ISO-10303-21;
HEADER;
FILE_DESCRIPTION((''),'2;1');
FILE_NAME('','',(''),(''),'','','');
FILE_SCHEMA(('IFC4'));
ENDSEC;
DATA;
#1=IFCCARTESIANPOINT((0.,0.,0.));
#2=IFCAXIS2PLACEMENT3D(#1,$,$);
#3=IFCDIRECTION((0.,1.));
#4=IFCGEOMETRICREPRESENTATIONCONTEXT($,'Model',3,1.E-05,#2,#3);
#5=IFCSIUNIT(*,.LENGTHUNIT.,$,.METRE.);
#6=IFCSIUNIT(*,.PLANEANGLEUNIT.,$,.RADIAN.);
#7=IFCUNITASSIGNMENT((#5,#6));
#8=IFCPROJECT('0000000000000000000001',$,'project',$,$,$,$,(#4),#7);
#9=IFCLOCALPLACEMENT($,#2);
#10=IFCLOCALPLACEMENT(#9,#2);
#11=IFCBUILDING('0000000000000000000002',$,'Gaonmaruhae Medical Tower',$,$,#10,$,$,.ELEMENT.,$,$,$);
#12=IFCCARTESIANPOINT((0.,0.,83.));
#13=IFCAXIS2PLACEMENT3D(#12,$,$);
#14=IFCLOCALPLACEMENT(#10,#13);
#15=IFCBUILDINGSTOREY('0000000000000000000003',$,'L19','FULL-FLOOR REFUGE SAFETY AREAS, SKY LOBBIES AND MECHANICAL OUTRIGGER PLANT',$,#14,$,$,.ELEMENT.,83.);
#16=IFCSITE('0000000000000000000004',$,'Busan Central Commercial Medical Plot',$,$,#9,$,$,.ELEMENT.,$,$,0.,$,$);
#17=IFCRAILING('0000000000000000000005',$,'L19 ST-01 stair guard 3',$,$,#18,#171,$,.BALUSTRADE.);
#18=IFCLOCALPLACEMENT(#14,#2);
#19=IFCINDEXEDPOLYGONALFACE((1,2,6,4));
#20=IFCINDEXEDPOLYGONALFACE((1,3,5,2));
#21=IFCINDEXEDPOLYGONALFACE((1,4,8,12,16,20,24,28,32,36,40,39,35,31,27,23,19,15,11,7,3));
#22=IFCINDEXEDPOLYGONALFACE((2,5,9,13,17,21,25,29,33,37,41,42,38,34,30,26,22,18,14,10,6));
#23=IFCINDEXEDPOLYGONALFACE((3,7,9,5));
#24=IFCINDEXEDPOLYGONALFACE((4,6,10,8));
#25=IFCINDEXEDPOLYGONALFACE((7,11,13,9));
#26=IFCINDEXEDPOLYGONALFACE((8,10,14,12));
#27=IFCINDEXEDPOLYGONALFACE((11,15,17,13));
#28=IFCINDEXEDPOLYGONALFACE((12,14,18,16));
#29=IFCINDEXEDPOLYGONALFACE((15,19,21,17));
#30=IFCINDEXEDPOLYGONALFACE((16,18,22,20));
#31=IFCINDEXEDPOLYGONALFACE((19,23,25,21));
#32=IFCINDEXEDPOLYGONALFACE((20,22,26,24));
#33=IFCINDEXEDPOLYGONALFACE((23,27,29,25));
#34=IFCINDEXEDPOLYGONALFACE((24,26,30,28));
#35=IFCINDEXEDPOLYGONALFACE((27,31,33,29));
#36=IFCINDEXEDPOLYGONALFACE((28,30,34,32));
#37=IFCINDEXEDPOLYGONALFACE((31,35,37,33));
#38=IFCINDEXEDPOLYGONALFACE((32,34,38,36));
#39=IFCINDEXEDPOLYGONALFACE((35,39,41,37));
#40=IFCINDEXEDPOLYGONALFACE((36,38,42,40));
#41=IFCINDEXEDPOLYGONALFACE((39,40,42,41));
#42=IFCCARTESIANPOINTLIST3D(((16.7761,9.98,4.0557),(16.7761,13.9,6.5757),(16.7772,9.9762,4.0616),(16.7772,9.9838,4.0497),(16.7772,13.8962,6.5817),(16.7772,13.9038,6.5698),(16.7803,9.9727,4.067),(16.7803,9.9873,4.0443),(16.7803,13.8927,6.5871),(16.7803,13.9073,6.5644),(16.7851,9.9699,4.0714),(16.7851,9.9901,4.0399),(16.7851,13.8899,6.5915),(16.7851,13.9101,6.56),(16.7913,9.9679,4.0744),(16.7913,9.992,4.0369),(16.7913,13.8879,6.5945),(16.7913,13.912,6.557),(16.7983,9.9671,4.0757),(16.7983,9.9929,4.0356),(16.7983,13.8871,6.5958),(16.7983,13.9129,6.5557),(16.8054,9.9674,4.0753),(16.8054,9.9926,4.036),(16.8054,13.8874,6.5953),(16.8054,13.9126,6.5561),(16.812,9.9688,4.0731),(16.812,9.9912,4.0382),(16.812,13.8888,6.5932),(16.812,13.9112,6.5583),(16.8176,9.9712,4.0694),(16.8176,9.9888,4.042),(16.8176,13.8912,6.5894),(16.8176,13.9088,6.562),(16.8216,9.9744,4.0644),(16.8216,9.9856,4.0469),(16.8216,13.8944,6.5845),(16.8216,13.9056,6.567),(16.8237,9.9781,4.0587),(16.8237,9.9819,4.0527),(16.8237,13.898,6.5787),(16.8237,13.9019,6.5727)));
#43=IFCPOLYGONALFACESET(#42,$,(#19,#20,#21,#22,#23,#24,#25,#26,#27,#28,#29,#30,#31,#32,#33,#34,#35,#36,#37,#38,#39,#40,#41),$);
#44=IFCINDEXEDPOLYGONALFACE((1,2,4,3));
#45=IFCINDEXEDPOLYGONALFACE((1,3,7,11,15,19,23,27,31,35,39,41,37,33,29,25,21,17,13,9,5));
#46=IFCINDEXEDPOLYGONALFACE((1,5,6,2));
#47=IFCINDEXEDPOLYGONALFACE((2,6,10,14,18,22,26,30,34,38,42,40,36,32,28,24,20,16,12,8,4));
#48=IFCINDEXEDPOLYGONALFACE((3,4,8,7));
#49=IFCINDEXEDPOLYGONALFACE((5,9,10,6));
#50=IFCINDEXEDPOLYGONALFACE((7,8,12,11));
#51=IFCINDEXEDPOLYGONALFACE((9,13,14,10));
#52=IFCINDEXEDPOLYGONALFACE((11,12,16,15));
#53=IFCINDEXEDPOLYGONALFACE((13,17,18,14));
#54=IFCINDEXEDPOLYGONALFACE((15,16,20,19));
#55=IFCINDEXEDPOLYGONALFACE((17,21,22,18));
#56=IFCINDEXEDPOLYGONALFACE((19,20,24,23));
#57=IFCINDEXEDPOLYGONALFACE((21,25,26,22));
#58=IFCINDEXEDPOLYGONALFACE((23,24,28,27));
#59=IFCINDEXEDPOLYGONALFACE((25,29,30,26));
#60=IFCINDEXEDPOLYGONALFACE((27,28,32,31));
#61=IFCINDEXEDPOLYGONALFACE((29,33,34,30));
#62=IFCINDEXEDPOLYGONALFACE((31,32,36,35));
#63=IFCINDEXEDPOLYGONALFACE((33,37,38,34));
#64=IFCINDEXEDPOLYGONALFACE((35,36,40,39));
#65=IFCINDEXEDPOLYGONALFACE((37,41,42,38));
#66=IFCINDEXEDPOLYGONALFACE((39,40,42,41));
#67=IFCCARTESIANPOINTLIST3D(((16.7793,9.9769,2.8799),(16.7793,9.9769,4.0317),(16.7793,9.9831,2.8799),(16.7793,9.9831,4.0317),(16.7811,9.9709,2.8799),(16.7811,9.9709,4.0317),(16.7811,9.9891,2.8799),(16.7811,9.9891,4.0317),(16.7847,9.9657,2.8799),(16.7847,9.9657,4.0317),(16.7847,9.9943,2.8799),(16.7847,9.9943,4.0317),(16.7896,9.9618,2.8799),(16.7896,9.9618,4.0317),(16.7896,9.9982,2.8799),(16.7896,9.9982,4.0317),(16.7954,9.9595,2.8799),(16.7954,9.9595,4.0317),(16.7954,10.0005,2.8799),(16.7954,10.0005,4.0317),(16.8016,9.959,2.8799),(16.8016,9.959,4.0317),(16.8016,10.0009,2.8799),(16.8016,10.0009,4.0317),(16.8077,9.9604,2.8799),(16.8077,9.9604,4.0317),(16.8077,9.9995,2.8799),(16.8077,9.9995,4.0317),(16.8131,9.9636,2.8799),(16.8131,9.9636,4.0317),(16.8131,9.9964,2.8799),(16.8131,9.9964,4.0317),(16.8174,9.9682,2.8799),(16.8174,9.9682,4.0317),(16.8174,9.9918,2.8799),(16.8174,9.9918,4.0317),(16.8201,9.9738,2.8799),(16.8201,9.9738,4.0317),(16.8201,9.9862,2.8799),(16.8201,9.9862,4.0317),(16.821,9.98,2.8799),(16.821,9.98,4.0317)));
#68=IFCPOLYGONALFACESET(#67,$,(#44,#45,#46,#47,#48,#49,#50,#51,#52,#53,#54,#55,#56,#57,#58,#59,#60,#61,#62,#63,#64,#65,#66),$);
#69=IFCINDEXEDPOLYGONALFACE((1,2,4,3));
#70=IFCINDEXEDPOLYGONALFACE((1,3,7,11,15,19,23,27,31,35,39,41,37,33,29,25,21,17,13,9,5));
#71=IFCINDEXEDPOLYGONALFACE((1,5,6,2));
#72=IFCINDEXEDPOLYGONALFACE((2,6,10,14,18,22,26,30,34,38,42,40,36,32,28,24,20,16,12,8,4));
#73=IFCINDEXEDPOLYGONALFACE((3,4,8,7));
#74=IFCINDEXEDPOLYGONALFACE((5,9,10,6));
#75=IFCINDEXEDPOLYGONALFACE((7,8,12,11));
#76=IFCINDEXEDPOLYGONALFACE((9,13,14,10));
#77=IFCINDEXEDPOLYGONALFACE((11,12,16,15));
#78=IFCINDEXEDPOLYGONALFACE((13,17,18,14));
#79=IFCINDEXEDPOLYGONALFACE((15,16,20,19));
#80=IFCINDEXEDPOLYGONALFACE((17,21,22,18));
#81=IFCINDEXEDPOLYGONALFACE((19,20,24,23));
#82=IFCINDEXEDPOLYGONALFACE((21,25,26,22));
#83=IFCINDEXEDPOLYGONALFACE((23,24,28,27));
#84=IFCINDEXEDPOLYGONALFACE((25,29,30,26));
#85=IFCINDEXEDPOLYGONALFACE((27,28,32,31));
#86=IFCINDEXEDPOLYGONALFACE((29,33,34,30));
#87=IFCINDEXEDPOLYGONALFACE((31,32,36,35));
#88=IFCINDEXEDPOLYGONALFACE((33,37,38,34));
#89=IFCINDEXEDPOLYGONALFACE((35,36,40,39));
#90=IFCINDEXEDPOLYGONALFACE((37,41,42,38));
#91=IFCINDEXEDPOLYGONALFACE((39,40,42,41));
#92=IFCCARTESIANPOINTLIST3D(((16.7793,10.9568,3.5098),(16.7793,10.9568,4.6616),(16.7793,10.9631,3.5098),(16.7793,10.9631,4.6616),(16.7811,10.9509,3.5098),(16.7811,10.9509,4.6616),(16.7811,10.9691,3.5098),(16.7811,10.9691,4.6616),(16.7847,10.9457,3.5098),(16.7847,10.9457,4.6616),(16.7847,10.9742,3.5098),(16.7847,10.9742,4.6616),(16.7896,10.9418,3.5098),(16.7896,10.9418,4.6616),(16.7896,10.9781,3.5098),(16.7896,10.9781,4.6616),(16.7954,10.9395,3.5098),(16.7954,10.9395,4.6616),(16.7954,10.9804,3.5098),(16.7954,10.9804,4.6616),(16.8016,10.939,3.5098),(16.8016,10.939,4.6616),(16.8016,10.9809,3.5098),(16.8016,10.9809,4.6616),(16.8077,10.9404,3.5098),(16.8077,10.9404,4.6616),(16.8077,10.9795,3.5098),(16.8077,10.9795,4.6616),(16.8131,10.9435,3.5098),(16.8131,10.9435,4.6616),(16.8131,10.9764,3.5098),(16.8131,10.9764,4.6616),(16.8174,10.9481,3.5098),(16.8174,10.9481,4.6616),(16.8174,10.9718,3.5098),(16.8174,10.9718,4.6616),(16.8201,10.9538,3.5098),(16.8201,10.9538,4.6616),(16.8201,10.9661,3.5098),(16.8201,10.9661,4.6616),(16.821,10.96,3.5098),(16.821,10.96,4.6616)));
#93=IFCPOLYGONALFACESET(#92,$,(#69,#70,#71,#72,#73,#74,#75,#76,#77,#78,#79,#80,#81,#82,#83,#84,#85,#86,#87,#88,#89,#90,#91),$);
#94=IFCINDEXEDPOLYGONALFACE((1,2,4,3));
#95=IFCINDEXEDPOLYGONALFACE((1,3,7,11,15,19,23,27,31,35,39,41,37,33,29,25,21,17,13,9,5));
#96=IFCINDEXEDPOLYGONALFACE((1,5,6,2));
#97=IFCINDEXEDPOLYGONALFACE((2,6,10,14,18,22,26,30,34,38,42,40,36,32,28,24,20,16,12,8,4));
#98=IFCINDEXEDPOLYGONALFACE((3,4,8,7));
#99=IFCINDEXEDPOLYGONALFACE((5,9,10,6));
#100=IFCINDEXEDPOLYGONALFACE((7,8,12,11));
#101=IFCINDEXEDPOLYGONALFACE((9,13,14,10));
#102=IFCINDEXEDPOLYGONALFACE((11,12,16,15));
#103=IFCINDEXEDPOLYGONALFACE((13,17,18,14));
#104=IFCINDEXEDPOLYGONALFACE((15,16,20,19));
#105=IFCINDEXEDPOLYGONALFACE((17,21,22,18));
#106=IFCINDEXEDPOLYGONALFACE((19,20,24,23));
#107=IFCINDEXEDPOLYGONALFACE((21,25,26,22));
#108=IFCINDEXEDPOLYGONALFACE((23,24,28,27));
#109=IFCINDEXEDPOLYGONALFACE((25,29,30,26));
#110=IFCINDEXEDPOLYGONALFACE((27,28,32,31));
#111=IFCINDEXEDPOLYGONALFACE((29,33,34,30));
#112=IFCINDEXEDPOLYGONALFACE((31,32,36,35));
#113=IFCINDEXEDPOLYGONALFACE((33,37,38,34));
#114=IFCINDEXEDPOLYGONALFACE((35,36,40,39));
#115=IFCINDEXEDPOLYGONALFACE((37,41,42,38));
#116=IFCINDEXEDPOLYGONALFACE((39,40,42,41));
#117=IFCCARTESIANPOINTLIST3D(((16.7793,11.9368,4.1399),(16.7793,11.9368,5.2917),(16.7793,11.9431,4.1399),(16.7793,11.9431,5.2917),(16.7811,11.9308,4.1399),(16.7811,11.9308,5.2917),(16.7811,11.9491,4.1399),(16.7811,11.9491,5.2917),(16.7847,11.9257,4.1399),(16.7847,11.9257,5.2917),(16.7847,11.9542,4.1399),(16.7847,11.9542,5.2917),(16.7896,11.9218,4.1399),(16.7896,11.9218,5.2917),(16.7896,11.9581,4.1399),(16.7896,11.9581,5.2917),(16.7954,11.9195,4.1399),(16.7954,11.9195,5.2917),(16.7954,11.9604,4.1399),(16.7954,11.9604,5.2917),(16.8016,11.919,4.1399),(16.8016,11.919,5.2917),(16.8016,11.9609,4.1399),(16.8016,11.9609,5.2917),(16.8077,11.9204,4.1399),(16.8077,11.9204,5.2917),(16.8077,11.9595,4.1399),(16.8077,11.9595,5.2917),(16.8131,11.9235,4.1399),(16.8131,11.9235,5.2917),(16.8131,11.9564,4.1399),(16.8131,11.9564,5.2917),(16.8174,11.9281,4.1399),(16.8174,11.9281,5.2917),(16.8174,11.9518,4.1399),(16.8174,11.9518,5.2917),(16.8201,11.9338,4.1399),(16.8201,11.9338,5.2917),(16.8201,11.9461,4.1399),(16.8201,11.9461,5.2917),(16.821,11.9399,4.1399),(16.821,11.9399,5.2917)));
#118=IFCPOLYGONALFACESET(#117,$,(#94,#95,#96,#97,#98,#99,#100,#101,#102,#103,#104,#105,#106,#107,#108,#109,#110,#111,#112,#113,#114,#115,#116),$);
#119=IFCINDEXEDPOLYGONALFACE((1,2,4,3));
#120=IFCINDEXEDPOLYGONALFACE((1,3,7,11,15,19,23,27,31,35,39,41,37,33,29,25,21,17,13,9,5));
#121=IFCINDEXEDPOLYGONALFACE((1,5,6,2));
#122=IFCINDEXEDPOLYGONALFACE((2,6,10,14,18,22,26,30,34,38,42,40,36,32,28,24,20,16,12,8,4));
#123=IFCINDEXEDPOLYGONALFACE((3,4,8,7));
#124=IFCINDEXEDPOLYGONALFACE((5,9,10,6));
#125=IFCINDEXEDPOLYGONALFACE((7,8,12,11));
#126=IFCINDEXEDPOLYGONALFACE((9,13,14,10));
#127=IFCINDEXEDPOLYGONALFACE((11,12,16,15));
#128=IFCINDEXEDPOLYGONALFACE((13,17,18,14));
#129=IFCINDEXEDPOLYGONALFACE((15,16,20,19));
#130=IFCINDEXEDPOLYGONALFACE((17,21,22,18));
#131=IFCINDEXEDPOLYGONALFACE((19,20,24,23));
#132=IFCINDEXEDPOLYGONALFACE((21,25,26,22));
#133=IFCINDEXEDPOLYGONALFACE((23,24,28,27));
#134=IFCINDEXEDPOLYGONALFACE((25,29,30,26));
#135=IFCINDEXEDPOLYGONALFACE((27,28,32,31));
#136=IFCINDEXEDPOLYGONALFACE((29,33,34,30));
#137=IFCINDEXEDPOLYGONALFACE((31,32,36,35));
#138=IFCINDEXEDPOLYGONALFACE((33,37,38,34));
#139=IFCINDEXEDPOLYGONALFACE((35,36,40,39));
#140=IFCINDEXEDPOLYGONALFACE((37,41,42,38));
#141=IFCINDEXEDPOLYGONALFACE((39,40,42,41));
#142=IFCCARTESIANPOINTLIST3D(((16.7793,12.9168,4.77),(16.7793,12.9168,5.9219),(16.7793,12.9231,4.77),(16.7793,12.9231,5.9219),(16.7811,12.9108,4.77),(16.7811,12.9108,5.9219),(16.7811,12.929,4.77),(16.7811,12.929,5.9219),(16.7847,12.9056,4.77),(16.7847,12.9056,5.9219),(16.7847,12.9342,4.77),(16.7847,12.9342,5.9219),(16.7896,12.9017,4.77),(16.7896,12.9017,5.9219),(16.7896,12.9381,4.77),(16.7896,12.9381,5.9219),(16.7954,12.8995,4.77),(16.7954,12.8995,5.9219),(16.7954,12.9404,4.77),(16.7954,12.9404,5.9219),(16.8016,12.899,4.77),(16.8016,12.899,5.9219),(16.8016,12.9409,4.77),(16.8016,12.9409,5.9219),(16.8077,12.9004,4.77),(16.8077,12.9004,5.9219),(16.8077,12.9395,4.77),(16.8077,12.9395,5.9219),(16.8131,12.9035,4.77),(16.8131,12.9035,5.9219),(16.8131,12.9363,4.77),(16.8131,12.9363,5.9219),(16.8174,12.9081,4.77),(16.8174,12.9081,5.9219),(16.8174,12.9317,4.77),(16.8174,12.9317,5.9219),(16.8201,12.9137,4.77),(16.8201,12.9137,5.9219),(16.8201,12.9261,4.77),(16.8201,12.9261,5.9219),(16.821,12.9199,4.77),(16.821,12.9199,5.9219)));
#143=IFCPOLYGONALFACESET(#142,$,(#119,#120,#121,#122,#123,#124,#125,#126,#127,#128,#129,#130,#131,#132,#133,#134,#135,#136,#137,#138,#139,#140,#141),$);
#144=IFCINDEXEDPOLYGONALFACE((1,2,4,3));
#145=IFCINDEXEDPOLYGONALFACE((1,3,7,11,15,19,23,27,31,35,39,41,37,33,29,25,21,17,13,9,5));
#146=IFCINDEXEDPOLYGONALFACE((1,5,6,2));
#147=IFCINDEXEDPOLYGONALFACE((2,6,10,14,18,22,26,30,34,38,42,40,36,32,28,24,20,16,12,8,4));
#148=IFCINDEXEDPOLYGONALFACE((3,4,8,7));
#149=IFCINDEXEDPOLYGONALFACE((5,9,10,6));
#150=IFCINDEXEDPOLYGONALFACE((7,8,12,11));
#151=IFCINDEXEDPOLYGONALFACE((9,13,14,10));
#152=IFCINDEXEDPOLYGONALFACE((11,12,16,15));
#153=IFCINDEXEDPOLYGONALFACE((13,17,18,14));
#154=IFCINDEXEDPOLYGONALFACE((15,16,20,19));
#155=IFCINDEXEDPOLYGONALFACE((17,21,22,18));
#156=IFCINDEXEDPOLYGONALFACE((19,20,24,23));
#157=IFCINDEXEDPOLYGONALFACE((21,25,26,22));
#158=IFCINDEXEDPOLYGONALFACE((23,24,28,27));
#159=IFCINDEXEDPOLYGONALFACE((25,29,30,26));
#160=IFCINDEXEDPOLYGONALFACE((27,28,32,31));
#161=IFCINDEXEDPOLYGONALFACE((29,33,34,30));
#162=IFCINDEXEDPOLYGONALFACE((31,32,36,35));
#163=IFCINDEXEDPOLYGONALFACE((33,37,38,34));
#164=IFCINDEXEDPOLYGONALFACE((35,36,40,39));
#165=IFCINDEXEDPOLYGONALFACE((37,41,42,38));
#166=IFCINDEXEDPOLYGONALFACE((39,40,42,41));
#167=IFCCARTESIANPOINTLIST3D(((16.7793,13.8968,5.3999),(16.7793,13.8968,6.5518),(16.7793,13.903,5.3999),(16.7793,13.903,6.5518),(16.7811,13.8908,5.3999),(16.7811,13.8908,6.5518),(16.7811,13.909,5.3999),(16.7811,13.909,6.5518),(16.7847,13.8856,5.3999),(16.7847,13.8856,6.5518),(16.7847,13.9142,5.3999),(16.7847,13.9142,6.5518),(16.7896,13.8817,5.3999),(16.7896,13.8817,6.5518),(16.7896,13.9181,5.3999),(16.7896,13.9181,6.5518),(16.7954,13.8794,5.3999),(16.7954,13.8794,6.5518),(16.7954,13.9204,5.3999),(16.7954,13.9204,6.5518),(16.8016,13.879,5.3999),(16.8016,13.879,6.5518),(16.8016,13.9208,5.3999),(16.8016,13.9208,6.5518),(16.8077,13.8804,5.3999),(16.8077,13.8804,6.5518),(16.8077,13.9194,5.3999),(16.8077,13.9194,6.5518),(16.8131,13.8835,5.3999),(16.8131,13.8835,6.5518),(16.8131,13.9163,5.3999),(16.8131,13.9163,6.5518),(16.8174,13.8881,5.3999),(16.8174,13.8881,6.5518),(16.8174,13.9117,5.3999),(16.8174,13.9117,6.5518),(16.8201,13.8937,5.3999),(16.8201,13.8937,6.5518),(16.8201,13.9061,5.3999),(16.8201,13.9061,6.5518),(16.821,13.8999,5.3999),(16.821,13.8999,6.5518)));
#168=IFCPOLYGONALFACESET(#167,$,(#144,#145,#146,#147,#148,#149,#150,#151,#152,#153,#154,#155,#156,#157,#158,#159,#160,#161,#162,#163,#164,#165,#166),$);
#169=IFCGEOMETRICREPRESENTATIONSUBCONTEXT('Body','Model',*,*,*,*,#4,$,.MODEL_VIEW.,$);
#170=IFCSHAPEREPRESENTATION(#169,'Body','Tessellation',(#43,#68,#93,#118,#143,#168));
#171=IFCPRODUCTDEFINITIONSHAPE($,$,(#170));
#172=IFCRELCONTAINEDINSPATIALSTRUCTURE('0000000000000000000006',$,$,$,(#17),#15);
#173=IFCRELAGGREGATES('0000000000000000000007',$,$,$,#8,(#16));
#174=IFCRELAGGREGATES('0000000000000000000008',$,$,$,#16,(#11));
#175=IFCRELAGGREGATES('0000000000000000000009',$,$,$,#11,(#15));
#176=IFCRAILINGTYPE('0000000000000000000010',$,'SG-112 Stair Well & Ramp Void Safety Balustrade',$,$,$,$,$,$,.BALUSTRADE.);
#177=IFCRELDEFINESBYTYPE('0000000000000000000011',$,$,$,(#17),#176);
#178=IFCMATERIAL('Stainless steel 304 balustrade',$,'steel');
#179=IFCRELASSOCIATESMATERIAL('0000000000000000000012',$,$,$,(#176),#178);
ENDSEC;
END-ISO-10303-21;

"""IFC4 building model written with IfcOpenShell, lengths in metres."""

from ifc_helpers import new_model, si_unit, direction, frame, origin, origin_2d, place, context, subcontext, project, spatial, circle, extrude, material, type_object, element, save


model = new_model("IFC4")

# Units and contexts
model_context = context("Model", 3, precision=1e-05, world=origin(), true_north=direction((0.0, 1.0)))
body_context = subcontext(model_context, "Body", "Model", "MODEL_VIEW")
ifc_project = project(units=[si_unit("LENGTHUNIT", "METRE"), si_unit("PLANEANGLEUNIT", "RADIAN")], contexts=[model_context])

# Site, building, storey
site_placement = place(None, origin())
site = spatial("IfcSite", under=ifc_project, at=site_placement, Name="Busan Central Commercial Medical Plot", CompositionType="ELEMENT", RefElevation=0.0)
building_placement = place(site_placement, origin())
building = spatial("IfcBuilding", under=site, at=building_placement, Name="Gaonmaruhae Medical Tower", CompositionType="ELEMENT")
storey_placement = place(building_placement, frame((0.0, 0.0, 83.0)))
storey = spatial("IfcBuildingStorey", under=building, at=storey_placement, Name="L19", Description="FULL-FLOOR REFUGE SAFETY AREAS, SKY LOBBIES AND MECHANICAL OUTRIGGER PLANT", CompositionType="ELEMENT", Elevation=83.0)

# Railing
ifc_material_1 = material(Name="Stainless steel 304 balustrade", Category="steel")
railing_type_1 = type_object("IfcRailingType", Name="SG-112 Stair Well & Ramp Void Safety Balustrade", PredefinedType="BALUSTRADE", material=ifc_material_1)
railing_1_placement = place(storey_placement, frame((16.8, 9.98, 2.8799)))
element("IfcRailing", 1, at=railing_1_placement, inside=storey, type_object=railing_type_1, Name="L19 ST-01 stair guard 3", PredefinedType="BALUSTRADE", context=body_context, shape_type="SweptSolid", body=[
    extrude(circle(Radius=0.0239, at=origin_2d()), frame((0.0, 0.0, 1.1758), z_axis=(0.0, 0.841172, 0.540768), x_axis=(-1.0, 0.0, 0.0)), (0.0, 0.0, 1.0), 4.6602),
    extrude(circle(Radius=0.021, at=origin_2d()), origin(), (0.0, 0.0, 1.0), 1.1519),
    extrude(circle(Radius=0.021, at=origin_2d()), frame((0.0, 0.98, 0.6299)), (0.0, 0.0, 1.0), 1.1519),
    extrude(circle(Radius=0.021, at=origin_2d()), frame((0.0, 1.96, 1.26)), (0.0, 0.0, 1.0), 1.1519),
    extrude(circle(Radius=0.021, at=origin_2d()), frame((0.0, 2.9399, 1.8901)), (0.0, 0.0, 1.0), 1.1519),
    extrude(circle(Radius=0.021, at=origin_2d()), frame((0.0, 3.9199, 2.52)), (0.0, 0.0, 1.0), 1.1519),
])

save(model, "model.ifc")
